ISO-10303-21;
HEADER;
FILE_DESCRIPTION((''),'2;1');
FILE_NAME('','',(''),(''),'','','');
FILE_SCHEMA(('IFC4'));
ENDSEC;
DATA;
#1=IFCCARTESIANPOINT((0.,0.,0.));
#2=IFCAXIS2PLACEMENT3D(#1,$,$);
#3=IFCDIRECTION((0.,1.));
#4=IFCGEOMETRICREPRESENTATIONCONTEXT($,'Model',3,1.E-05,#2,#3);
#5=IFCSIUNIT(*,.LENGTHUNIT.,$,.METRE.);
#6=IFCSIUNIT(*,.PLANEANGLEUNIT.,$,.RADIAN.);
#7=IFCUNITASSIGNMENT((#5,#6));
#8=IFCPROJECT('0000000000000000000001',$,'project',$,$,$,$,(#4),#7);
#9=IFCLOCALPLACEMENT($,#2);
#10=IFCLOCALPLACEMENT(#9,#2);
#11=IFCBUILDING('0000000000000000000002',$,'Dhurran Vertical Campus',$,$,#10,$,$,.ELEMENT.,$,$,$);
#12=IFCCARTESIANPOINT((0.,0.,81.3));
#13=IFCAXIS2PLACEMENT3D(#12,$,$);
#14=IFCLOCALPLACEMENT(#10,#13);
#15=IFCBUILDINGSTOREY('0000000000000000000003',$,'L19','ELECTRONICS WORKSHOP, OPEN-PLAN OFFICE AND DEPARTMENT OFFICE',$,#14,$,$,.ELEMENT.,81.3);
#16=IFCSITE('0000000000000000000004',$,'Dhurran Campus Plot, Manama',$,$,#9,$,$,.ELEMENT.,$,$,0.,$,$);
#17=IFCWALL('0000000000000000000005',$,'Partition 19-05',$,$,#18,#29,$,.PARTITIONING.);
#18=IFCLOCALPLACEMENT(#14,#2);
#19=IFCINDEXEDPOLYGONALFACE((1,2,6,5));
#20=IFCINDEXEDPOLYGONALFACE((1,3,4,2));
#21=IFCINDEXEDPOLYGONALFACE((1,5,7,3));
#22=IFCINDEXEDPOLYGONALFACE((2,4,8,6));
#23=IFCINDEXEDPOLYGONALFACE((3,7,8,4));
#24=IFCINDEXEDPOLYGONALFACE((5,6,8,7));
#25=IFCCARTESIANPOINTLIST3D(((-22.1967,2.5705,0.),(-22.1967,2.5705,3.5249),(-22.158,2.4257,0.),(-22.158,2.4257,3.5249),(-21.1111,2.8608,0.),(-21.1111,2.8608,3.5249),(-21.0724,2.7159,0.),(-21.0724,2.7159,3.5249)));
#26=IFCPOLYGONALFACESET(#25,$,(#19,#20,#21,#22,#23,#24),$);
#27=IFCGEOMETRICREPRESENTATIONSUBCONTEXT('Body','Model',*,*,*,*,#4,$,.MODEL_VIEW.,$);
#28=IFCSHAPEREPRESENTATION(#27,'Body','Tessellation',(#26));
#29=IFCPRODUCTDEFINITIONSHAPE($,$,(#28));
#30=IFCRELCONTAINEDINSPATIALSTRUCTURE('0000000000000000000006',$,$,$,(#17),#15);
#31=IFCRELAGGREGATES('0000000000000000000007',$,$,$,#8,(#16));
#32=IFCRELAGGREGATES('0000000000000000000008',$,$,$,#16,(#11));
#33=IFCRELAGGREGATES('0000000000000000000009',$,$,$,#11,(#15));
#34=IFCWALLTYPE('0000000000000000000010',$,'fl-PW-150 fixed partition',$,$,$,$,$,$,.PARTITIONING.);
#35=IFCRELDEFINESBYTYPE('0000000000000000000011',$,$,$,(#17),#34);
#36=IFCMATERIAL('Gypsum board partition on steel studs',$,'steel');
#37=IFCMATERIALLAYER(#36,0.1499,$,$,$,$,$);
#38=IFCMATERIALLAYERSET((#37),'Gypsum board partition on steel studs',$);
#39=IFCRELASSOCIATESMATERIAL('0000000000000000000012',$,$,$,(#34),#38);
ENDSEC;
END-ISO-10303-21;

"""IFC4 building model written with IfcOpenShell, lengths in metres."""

from ifc_helpers import new_model, si_unit, direction, frame, frame_2d, origin, place, context, subcontext, project, spatial, rectangle, extrude, material, layer, layer_set, type_object, element, save


model = new_model("IFC4")

# Units and contexts
model_context = context("Model", 3, precision=1e-05, world=origin(), true_north=direction((0.0, 1.0)))
body_context = subcontext(model_context, "Body", "Model", "MODEL_VIEW")
ifc_project = project(units=[si_unit("LENGTHUNIT", "METRE"), si_unit("PLANEANGLEUNIT", "RADIAN")], contexts=[model_context])

# Site, building, storey
site_placement = place(None, origin())
site = spatial("IfcSite", under=ifc_project, at=site_placement, Name="Dhurran Campus Plot, Manama", CompositionType="ELEMENT", RefElevation=0.0)
building_placement = place(site_placement, origin())
building = spatial("IfcBuilding", under=site, at=building_placement, Name="Dhurran Vertical Campus", CompositionType="ELEMENT")
storey_placement = place(building_placement, frame((0.0, 0.0, 81.3)))
storey = spatial("IfcBuildingStorey", under=building, at=storey_placement, Name="L19", Description="ELECTRONICS WORKSHOP, OPEN-PLAN OFFICE AND DEPARTMENT OFFICE", CompositionType="ELEMENT", Elevation=81.3)

# Wall
ifc_material_1 = material(Name="Gypsum board partition on steel studs", Category="steel")
ifc_layer_1 = layer(ifc_material_1, 0.1499)
ifc_layer_set_1 = layer_set([ifc_layer_1], Name="Gypsum board partition on steel studs")
wall_type_1 = type_object("IfcWallType", Name="fl-PW-150 fixed partition", PredefinedType="PARTITIONING", material=ifc_layer_set_1)
wall_1_placement = place(storey_placement, frame((-22.1775, 2.498, 0.0), z_axis=(0.0, 0.0, 1.0), x_axis=(0.966065, 0.258298, 0.0)))
element("IfcWall", 1, at=wall_1_placement, inside=storey, type_object=wall_type_1, Name="Partition 19-05", PredefinedType="PARTITIONING", context=body_context, shape_type="SweptSolid", body=[
    extrude(rectangle(XDim=1.1238, YDim=0.1499, at=frame_2d((0.562, 0.0))), origin(), (0.0, 0.0, 1.0), 3.5249),
])

save(model, "model.ifc")
